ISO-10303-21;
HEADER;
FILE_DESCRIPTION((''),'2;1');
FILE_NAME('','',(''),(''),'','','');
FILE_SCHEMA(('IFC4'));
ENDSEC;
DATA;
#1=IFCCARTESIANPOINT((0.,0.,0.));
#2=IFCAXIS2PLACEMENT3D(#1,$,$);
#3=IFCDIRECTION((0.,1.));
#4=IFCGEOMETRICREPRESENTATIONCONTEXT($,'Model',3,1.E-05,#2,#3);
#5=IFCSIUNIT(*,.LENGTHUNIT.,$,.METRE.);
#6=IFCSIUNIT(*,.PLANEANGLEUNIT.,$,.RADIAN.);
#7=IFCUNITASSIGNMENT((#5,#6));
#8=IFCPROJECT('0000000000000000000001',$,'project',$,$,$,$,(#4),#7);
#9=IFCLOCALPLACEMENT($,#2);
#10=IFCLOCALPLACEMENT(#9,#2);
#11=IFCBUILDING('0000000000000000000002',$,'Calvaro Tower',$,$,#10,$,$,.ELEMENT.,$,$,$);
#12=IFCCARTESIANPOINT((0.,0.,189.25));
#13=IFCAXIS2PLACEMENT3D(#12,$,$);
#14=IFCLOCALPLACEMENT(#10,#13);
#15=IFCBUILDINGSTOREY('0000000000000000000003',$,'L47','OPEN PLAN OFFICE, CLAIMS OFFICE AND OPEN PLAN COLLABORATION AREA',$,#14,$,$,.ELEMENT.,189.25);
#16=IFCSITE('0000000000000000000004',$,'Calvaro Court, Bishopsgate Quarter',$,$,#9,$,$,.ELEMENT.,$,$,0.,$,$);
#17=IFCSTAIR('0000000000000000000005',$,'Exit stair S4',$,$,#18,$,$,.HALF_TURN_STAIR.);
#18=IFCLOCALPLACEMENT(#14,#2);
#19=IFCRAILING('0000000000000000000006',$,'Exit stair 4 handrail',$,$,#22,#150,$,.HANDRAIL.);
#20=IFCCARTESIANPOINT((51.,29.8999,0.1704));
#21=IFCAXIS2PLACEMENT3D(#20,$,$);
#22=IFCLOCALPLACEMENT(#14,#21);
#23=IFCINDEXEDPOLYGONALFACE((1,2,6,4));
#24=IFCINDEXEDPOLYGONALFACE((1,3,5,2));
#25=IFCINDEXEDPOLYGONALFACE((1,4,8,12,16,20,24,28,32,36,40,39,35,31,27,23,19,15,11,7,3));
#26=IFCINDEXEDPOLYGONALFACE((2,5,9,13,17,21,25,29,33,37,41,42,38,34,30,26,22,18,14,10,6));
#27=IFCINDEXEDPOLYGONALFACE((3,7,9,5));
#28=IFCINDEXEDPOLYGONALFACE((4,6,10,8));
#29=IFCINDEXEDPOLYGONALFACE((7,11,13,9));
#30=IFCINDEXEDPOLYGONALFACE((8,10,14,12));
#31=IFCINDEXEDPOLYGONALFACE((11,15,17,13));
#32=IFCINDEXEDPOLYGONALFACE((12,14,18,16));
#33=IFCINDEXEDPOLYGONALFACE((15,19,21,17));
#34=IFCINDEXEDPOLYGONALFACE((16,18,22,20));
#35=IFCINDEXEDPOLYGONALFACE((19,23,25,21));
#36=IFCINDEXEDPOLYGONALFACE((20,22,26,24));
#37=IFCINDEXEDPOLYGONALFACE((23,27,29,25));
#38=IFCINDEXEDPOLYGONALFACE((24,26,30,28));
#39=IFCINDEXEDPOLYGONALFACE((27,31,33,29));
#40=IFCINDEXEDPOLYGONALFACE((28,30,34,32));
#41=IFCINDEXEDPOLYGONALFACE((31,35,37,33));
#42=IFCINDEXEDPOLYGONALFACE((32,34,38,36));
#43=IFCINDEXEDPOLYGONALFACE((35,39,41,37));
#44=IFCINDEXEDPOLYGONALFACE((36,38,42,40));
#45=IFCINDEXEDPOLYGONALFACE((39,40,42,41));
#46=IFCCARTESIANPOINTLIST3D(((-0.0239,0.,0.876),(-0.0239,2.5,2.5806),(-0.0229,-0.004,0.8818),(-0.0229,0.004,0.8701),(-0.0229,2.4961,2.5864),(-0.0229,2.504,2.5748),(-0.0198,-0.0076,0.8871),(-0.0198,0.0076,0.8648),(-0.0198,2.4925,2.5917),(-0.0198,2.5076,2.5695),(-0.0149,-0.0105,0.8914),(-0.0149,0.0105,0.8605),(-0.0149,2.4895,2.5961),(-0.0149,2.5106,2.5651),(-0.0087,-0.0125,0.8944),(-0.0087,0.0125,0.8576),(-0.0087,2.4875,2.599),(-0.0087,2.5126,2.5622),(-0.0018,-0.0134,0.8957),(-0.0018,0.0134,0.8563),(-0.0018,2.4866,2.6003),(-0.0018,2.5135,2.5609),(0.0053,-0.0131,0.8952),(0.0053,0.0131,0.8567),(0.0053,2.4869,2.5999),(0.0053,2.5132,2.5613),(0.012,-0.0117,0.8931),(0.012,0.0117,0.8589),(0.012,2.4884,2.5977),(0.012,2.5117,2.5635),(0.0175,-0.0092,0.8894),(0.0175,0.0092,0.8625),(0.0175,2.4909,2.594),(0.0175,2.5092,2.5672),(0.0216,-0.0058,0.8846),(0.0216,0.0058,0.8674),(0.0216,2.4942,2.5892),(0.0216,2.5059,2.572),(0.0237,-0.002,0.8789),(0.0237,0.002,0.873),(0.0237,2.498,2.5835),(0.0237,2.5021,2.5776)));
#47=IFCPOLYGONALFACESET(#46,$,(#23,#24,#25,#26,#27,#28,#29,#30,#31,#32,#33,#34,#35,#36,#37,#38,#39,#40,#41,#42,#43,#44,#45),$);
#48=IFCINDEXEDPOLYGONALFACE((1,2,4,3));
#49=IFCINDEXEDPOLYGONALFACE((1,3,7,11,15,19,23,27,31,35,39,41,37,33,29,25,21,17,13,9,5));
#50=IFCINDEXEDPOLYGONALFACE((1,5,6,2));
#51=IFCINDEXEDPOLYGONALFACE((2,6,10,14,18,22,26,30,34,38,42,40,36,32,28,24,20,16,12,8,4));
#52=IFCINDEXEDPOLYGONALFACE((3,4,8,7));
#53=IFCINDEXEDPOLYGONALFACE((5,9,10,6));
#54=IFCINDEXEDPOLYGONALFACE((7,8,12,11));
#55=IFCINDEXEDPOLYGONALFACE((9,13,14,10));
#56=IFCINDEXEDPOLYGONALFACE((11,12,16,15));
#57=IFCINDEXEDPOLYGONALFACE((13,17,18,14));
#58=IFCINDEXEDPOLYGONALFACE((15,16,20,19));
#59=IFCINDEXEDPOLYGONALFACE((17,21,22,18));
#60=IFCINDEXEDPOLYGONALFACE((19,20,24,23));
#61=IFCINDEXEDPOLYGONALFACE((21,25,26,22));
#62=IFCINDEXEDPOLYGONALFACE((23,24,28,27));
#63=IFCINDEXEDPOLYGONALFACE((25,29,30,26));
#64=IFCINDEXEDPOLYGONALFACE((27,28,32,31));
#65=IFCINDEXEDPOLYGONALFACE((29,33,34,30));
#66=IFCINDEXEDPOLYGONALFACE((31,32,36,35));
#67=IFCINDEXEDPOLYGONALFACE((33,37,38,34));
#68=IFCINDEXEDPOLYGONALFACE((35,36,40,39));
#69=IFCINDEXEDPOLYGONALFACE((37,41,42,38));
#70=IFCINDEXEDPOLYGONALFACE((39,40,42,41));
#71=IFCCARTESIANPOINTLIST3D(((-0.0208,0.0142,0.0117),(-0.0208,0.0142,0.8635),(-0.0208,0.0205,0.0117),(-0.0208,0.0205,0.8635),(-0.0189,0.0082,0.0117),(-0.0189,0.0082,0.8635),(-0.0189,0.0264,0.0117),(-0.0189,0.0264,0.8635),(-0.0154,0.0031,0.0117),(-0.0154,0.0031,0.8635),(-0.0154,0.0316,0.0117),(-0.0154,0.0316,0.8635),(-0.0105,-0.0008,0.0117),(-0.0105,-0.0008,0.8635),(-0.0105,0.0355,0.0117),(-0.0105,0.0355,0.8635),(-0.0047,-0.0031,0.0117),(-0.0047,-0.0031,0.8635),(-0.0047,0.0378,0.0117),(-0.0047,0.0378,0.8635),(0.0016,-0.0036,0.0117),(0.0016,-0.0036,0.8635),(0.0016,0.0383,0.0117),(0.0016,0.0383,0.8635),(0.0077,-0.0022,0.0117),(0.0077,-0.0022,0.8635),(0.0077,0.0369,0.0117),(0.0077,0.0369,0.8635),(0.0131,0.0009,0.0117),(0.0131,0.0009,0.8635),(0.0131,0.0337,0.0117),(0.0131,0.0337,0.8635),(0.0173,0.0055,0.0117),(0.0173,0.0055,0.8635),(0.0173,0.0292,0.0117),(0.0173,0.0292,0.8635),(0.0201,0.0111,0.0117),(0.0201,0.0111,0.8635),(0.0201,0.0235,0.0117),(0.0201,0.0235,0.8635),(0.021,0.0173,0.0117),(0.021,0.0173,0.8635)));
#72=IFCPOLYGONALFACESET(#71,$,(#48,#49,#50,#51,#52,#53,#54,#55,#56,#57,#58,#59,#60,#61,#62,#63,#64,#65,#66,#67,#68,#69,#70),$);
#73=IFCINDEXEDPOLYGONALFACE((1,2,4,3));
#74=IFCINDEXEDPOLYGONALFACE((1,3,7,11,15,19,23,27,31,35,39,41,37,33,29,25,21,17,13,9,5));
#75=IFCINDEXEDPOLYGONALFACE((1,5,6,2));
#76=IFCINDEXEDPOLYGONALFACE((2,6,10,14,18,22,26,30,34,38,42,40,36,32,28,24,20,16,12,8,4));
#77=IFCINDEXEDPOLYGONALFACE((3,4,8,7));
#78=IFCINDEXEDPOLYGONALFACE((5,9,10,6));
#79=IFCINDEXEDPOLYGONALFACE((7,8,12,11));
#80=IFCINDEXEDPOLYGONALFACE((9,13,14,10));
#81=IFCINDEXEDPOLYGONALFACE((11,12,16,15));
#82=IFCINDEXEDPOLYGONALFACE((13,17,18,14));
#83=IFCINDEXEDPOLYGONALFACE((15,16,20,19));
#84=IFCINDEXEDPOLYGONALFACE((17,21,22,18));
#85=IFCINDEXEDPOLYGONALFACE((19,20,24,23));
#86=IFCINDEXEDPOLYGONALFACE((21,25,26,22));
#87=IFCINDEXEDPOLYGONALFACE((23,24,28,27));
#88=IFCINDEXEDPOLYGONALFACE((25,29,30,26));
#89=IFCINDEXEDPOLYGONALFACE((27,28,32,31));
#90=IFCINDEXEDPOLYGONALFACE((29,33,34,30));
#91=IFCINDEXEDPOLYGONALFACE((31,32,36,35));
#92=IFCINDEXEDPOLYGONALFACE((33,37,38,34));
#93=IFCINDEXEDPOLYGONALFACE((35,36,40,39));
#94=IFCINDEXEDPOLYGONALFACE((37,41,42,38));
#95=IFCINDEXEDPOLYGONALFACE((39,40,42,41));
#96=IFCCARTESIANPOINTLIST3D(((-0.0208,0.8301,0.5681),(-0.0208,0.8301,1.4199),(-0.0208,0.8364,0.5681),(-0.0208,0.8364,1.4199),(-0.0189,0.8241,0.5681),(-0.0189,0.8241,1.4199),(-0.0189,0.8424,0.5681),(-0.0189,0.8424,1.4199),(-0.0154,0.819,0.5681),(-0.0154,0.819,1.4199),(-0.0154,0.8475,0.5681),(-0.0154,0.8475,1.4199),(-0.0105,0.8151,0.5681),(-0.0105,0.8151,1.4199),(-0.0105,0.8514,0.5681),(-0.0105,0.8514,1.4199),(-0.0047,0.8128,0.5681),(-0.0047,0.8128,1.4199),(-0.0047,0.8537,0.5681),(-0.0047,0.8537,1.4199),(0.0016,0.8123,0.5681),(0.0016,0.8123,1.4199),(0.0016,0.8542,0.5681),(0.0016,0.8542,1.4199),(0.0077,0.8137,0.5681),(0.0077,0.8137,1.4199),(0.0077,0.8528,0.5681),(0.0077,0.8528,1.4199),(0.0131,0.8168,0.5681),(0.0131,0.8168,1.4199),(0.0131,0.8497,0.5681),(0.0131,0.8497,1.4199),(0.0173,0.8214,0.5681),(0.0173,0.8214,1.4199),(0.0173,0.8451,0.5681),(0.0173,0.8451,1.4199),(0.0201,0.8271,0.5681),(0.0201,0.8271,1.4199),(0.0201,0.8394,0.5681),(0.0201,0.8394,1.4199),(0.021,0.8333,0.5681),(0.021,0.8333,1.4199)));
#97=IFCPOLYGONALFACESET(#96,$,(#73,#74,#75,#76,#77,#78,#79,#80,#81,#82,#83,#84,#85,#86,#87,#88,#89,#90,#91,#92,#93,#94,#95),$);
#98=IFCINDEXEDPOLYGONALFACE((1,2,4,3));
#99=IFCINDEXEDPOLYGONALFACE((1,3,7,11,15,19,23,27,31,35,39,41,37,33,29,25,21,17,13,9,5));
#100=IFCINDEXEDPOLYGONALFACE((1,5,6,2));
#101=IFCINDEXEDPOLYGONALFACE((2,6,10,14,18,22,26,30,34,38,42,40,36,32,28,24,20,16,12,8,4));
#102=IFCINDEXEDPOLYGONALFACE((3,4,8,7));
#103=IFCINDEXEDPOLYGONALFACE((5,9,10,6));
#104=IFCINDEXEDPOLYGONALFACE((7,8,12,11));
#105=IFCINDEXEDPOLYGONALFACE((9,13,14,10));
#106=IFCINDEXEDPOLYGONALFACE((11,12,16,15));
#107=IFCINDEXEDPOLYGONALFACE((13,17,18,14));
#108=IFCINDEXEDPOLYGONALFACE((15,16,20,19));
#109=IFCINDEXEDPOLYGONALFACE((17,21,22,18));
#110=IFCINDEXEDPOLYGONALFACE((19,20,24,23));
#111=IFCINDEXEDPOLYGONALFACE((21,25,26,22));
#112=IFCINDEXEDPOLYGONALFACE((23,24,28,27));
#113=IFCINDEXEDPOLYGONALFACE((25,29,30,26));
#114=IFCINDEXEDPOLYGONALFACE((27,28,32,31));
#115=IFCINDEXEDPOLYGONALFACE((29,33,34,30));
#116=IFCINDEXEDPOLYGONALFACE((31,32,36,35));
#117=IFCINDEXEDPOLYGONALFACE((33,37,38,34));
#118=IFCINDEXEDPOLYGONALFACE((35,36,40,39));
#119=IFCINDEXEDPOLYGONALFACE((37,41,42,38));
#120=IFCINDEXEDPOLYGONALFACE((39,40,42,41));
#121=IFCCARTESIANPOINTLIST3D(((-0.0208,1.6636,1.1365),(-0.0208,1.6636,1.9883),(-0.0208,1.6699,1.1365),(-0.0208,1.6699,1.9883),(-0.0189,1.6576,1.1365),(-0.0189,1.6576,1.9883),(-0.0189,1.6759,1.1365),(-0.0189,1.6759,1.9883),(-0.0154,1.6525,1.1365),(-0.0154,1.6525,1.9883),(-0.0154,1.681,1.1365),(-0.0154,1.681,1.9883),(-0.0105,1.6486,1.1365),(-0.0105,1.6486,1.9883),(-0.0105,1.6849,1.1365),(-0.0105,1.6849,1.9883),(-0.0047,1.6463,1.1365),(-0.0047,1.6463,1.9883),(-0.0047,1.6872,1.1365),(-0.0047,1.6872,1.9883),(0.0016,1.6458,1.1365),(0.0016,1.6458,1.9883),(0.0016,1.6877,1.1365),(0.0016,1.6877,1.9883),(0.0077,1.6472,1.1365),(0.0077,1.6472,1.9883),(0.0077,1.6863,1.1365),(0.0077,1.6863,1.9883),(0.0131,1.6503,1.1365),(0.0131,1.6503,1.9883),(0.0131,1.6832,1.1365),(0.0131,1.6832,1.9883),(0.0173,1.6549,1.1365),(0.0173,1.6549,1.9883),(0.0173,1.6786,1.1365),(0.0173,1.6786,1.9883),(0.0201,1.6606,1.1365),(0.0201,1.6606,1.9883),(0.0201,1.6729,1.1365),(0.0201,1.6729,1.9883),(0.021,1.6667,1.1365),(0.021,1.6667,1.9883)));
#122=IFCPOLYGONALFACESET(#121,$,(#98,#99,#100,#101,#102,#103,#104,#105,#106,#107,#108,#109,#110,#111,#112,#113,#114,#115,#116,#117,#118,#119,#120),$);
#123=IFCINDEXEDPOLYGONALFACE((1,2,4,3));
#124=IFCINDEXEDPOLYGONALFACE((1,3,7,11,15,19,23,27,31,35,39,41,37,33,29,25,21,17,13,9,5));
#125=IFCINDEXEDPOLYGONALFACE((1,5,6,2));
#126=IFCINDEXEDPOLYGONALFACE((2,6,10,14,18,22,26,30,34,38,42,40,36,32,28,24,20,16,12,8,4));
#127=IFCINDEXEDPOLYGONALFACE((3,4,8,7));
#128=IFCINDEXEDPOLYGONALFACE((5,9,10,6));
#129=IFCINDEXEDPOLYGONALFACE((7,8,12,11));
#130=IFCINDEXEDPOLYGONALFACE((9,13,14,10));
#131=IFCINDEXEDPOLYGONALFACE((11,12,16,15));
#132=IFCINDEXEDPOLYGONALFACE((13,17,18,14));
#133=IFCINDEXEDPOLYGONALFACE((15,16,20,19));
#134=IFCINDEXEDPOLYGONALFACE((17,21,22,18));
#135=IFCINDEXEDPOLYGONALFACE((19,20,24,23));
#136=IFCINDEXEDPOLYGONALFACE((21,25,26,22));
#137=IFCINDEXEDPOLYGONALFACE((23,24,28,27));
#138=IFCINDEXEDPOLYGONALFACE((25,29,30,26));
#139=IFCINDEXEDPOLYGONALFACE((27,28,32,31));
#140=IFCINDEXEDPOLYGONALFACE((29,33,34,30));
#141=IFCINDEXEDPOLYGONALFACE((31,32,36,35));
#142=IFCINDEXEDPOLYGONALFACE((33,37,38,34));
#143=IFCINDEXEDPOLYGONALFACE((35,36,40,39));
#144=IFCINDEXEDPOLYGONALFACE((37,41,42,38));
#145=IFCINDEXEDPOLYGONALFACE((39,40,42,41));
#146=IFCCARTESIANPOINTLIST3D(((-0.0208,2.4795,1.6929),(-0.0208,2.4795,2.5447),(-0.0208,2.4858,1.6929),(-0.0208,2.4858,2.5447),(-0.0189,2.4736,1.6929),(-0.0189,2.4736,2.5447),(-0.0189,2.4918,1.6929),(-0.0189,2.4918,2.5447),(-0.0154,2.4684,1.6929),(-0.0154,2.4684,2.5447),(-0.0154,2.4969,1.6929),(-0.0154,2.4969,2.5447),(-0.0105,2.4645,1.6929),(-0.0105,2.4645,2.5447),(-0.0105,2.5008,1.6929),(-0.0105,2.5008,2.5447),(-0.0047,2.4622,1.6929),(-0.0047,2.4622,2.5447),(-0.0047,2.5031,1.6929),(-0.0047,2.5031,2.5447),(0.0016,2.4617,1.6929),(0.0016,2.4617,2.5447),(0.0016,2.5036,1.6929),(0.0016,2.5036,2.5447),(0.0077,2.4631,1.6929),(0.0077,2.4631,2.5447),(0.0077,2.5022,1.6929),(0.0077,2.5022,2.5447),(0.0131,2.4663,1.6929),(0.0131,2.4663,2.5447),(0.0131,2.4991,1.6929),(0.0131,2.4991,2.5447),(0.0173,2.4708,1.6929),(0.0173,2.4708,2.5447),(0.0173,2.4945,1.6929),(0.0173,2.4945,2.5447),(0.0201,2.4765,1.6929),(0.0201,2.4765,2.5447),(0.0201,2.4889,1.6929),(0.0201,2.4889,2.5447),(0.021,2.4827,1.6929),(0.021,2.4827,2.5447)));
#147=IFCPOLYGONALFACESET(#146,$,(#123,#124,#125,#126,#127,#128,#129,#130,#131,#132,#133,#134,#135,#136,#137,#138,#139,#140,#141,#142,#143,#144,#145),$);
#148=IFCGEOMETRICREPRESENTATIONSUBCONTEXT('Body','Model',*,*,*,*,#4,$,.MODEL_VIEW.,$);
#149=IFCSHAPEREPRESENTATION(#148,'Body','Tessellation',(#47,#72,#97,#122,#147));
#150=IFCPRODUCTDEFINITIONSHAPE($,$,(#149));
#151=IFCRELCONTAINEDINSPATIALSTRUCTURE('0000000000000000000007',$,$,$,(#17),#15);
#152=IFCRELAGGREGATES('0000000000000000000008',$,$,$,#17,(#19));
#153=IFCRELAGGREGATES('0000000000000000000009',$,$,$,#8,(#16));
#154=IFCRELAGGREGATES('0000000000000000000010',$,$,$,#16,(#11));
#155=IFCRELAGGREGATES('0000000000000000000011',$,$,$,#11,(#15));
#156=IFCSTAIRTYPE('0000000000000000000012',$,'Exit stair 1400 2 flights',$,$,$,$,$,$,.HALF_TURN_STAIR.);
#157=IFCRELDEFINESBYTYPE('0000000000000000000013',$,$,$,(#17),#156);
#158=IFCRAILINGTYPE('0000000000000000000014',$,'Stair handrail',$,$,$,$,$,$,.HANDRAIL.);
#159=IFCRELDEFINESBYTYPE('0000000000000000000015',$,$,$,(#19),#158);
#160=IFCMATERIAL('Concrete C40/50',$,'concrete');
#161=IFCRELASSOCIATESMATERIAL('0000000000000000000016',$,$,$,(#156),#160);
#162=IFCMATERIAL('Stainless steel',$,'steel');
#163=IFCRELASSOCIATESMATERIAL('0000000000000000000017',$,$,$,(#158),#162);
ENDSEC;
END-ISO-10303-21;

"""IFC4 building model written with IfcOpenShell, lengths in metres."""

from ifc_helpers import new_model, si_unit, direction, frame, origin, origin_2d, place, context, subcontext, project, spatial, circle, extrude, material, type_object, element, aggregate, save


model = new_model("IFC4")

# Units and contexts
model_context = context("Model", 3, precision=1e-05, world=origin(), true_north=direction((0.0, 1.0)))
body_context = subcontext(model_context, "Body", "Model", "MODEL_VIEW")
ifc_project = project(units=[si_unit("LENGTHUNIT", "METRE"), si_unit("PLANEANGLEUNIT", "RADIAN")], contexts=[model_context])

# Site, building, storey
site_placement = place(None, origin())
site = spatial("IfcSite", under=ifc_project, at=site_placement, Name="Calvaro Court, Bishopsgate Quarter", CompositionType="ELEMENT", RefElevation=0.0)
building_placement = place(site_placement, origin())
building = spatial("IfcBuilding", under=site, at=building_placement, Name="Calvaro Tower", CompositionType="ELEMENT")
storey_placement = place(building_placement, frame((0.0, 0.0, 189.25)))
storey = spatial("IfcBuildingStorey", under=building, at=storey_placement, Name="L47", Description="OPEN PLAN OFFICE, CLAIMS OFFICE AND OPEN PLAN COLLABORATION AREA", CompositionType="ELEMENT", Elevation=189.25)

# Stair
ifc_material_1 = material(Name="Concrete C40/50", Category="concrete")
stair_type = type_object("IfcStairType", Name="Exit stair 1400 2 flights", PredefinedType="HALF_TURN_STAIR", material=ifc_material_1)
stair_1_placement = place(storey_placement, origin())
stair_1 = element("IfcStair", 1, at=stair_1_placement, inside=storey, type_object=stair_type, Name="Exit stair S4", PredefinedType="HALF_TURN_STAIR")

# Railing
ifc_material_2 = material(Name="Stainless steel", Category="steel")
railing_type = type_object("IfcRailingType", Name="Stair handrail", PredefinedType="HANDRAIL", material=ifc_material_2)
railing_1_placement = place(storey_placement, frame((51.0, 29.8999, 0.1704)))
railing_1 = element("IfcRailing", 2, at=railing_1_placement, type_object=railing_type, Name="Exit stair 4 handrail", PredefinedType="HANDRAIL", context=body_context, shape_type="SweptSolid", body=[
    extrude(circle(Radius=0.0239, at=origin_2d()), frame((0.0, 0.0, 0.876), z_axis=(0.0, 0.826221, 0.563347), x_axis=(-1.0, 0.0, 0.0)), (0.0, 0.0, 1.0), 3.0259),
    extrude(circle(Radius=0.021, at=origin_2d()), frame((0.0, 0.0173, 0.0117)), (0.0, 0.0, 1.0), 0.8518),
    extrude(circle(Radius=0.021, at=origin_2d()), frame((0.0, 0.8333, 0.5681)), (0.0, 0.0, 1.0), 0.8518),
    extrude(circle(Radius=0.021, at=origin_2d()), frame((0.0, 1.6667, 1.1365)), (0.0, 0.0, 1.0), 0.8518),
    extrude(circle(Radius=0.021, at=origin_2d()), frame((0.0, 2.4827, 1.6929)), (0.0, 0.0, 1.0), 0.8518),
])
aggregate(stair_1, [railing_1])

save(model, "model.ifc")
